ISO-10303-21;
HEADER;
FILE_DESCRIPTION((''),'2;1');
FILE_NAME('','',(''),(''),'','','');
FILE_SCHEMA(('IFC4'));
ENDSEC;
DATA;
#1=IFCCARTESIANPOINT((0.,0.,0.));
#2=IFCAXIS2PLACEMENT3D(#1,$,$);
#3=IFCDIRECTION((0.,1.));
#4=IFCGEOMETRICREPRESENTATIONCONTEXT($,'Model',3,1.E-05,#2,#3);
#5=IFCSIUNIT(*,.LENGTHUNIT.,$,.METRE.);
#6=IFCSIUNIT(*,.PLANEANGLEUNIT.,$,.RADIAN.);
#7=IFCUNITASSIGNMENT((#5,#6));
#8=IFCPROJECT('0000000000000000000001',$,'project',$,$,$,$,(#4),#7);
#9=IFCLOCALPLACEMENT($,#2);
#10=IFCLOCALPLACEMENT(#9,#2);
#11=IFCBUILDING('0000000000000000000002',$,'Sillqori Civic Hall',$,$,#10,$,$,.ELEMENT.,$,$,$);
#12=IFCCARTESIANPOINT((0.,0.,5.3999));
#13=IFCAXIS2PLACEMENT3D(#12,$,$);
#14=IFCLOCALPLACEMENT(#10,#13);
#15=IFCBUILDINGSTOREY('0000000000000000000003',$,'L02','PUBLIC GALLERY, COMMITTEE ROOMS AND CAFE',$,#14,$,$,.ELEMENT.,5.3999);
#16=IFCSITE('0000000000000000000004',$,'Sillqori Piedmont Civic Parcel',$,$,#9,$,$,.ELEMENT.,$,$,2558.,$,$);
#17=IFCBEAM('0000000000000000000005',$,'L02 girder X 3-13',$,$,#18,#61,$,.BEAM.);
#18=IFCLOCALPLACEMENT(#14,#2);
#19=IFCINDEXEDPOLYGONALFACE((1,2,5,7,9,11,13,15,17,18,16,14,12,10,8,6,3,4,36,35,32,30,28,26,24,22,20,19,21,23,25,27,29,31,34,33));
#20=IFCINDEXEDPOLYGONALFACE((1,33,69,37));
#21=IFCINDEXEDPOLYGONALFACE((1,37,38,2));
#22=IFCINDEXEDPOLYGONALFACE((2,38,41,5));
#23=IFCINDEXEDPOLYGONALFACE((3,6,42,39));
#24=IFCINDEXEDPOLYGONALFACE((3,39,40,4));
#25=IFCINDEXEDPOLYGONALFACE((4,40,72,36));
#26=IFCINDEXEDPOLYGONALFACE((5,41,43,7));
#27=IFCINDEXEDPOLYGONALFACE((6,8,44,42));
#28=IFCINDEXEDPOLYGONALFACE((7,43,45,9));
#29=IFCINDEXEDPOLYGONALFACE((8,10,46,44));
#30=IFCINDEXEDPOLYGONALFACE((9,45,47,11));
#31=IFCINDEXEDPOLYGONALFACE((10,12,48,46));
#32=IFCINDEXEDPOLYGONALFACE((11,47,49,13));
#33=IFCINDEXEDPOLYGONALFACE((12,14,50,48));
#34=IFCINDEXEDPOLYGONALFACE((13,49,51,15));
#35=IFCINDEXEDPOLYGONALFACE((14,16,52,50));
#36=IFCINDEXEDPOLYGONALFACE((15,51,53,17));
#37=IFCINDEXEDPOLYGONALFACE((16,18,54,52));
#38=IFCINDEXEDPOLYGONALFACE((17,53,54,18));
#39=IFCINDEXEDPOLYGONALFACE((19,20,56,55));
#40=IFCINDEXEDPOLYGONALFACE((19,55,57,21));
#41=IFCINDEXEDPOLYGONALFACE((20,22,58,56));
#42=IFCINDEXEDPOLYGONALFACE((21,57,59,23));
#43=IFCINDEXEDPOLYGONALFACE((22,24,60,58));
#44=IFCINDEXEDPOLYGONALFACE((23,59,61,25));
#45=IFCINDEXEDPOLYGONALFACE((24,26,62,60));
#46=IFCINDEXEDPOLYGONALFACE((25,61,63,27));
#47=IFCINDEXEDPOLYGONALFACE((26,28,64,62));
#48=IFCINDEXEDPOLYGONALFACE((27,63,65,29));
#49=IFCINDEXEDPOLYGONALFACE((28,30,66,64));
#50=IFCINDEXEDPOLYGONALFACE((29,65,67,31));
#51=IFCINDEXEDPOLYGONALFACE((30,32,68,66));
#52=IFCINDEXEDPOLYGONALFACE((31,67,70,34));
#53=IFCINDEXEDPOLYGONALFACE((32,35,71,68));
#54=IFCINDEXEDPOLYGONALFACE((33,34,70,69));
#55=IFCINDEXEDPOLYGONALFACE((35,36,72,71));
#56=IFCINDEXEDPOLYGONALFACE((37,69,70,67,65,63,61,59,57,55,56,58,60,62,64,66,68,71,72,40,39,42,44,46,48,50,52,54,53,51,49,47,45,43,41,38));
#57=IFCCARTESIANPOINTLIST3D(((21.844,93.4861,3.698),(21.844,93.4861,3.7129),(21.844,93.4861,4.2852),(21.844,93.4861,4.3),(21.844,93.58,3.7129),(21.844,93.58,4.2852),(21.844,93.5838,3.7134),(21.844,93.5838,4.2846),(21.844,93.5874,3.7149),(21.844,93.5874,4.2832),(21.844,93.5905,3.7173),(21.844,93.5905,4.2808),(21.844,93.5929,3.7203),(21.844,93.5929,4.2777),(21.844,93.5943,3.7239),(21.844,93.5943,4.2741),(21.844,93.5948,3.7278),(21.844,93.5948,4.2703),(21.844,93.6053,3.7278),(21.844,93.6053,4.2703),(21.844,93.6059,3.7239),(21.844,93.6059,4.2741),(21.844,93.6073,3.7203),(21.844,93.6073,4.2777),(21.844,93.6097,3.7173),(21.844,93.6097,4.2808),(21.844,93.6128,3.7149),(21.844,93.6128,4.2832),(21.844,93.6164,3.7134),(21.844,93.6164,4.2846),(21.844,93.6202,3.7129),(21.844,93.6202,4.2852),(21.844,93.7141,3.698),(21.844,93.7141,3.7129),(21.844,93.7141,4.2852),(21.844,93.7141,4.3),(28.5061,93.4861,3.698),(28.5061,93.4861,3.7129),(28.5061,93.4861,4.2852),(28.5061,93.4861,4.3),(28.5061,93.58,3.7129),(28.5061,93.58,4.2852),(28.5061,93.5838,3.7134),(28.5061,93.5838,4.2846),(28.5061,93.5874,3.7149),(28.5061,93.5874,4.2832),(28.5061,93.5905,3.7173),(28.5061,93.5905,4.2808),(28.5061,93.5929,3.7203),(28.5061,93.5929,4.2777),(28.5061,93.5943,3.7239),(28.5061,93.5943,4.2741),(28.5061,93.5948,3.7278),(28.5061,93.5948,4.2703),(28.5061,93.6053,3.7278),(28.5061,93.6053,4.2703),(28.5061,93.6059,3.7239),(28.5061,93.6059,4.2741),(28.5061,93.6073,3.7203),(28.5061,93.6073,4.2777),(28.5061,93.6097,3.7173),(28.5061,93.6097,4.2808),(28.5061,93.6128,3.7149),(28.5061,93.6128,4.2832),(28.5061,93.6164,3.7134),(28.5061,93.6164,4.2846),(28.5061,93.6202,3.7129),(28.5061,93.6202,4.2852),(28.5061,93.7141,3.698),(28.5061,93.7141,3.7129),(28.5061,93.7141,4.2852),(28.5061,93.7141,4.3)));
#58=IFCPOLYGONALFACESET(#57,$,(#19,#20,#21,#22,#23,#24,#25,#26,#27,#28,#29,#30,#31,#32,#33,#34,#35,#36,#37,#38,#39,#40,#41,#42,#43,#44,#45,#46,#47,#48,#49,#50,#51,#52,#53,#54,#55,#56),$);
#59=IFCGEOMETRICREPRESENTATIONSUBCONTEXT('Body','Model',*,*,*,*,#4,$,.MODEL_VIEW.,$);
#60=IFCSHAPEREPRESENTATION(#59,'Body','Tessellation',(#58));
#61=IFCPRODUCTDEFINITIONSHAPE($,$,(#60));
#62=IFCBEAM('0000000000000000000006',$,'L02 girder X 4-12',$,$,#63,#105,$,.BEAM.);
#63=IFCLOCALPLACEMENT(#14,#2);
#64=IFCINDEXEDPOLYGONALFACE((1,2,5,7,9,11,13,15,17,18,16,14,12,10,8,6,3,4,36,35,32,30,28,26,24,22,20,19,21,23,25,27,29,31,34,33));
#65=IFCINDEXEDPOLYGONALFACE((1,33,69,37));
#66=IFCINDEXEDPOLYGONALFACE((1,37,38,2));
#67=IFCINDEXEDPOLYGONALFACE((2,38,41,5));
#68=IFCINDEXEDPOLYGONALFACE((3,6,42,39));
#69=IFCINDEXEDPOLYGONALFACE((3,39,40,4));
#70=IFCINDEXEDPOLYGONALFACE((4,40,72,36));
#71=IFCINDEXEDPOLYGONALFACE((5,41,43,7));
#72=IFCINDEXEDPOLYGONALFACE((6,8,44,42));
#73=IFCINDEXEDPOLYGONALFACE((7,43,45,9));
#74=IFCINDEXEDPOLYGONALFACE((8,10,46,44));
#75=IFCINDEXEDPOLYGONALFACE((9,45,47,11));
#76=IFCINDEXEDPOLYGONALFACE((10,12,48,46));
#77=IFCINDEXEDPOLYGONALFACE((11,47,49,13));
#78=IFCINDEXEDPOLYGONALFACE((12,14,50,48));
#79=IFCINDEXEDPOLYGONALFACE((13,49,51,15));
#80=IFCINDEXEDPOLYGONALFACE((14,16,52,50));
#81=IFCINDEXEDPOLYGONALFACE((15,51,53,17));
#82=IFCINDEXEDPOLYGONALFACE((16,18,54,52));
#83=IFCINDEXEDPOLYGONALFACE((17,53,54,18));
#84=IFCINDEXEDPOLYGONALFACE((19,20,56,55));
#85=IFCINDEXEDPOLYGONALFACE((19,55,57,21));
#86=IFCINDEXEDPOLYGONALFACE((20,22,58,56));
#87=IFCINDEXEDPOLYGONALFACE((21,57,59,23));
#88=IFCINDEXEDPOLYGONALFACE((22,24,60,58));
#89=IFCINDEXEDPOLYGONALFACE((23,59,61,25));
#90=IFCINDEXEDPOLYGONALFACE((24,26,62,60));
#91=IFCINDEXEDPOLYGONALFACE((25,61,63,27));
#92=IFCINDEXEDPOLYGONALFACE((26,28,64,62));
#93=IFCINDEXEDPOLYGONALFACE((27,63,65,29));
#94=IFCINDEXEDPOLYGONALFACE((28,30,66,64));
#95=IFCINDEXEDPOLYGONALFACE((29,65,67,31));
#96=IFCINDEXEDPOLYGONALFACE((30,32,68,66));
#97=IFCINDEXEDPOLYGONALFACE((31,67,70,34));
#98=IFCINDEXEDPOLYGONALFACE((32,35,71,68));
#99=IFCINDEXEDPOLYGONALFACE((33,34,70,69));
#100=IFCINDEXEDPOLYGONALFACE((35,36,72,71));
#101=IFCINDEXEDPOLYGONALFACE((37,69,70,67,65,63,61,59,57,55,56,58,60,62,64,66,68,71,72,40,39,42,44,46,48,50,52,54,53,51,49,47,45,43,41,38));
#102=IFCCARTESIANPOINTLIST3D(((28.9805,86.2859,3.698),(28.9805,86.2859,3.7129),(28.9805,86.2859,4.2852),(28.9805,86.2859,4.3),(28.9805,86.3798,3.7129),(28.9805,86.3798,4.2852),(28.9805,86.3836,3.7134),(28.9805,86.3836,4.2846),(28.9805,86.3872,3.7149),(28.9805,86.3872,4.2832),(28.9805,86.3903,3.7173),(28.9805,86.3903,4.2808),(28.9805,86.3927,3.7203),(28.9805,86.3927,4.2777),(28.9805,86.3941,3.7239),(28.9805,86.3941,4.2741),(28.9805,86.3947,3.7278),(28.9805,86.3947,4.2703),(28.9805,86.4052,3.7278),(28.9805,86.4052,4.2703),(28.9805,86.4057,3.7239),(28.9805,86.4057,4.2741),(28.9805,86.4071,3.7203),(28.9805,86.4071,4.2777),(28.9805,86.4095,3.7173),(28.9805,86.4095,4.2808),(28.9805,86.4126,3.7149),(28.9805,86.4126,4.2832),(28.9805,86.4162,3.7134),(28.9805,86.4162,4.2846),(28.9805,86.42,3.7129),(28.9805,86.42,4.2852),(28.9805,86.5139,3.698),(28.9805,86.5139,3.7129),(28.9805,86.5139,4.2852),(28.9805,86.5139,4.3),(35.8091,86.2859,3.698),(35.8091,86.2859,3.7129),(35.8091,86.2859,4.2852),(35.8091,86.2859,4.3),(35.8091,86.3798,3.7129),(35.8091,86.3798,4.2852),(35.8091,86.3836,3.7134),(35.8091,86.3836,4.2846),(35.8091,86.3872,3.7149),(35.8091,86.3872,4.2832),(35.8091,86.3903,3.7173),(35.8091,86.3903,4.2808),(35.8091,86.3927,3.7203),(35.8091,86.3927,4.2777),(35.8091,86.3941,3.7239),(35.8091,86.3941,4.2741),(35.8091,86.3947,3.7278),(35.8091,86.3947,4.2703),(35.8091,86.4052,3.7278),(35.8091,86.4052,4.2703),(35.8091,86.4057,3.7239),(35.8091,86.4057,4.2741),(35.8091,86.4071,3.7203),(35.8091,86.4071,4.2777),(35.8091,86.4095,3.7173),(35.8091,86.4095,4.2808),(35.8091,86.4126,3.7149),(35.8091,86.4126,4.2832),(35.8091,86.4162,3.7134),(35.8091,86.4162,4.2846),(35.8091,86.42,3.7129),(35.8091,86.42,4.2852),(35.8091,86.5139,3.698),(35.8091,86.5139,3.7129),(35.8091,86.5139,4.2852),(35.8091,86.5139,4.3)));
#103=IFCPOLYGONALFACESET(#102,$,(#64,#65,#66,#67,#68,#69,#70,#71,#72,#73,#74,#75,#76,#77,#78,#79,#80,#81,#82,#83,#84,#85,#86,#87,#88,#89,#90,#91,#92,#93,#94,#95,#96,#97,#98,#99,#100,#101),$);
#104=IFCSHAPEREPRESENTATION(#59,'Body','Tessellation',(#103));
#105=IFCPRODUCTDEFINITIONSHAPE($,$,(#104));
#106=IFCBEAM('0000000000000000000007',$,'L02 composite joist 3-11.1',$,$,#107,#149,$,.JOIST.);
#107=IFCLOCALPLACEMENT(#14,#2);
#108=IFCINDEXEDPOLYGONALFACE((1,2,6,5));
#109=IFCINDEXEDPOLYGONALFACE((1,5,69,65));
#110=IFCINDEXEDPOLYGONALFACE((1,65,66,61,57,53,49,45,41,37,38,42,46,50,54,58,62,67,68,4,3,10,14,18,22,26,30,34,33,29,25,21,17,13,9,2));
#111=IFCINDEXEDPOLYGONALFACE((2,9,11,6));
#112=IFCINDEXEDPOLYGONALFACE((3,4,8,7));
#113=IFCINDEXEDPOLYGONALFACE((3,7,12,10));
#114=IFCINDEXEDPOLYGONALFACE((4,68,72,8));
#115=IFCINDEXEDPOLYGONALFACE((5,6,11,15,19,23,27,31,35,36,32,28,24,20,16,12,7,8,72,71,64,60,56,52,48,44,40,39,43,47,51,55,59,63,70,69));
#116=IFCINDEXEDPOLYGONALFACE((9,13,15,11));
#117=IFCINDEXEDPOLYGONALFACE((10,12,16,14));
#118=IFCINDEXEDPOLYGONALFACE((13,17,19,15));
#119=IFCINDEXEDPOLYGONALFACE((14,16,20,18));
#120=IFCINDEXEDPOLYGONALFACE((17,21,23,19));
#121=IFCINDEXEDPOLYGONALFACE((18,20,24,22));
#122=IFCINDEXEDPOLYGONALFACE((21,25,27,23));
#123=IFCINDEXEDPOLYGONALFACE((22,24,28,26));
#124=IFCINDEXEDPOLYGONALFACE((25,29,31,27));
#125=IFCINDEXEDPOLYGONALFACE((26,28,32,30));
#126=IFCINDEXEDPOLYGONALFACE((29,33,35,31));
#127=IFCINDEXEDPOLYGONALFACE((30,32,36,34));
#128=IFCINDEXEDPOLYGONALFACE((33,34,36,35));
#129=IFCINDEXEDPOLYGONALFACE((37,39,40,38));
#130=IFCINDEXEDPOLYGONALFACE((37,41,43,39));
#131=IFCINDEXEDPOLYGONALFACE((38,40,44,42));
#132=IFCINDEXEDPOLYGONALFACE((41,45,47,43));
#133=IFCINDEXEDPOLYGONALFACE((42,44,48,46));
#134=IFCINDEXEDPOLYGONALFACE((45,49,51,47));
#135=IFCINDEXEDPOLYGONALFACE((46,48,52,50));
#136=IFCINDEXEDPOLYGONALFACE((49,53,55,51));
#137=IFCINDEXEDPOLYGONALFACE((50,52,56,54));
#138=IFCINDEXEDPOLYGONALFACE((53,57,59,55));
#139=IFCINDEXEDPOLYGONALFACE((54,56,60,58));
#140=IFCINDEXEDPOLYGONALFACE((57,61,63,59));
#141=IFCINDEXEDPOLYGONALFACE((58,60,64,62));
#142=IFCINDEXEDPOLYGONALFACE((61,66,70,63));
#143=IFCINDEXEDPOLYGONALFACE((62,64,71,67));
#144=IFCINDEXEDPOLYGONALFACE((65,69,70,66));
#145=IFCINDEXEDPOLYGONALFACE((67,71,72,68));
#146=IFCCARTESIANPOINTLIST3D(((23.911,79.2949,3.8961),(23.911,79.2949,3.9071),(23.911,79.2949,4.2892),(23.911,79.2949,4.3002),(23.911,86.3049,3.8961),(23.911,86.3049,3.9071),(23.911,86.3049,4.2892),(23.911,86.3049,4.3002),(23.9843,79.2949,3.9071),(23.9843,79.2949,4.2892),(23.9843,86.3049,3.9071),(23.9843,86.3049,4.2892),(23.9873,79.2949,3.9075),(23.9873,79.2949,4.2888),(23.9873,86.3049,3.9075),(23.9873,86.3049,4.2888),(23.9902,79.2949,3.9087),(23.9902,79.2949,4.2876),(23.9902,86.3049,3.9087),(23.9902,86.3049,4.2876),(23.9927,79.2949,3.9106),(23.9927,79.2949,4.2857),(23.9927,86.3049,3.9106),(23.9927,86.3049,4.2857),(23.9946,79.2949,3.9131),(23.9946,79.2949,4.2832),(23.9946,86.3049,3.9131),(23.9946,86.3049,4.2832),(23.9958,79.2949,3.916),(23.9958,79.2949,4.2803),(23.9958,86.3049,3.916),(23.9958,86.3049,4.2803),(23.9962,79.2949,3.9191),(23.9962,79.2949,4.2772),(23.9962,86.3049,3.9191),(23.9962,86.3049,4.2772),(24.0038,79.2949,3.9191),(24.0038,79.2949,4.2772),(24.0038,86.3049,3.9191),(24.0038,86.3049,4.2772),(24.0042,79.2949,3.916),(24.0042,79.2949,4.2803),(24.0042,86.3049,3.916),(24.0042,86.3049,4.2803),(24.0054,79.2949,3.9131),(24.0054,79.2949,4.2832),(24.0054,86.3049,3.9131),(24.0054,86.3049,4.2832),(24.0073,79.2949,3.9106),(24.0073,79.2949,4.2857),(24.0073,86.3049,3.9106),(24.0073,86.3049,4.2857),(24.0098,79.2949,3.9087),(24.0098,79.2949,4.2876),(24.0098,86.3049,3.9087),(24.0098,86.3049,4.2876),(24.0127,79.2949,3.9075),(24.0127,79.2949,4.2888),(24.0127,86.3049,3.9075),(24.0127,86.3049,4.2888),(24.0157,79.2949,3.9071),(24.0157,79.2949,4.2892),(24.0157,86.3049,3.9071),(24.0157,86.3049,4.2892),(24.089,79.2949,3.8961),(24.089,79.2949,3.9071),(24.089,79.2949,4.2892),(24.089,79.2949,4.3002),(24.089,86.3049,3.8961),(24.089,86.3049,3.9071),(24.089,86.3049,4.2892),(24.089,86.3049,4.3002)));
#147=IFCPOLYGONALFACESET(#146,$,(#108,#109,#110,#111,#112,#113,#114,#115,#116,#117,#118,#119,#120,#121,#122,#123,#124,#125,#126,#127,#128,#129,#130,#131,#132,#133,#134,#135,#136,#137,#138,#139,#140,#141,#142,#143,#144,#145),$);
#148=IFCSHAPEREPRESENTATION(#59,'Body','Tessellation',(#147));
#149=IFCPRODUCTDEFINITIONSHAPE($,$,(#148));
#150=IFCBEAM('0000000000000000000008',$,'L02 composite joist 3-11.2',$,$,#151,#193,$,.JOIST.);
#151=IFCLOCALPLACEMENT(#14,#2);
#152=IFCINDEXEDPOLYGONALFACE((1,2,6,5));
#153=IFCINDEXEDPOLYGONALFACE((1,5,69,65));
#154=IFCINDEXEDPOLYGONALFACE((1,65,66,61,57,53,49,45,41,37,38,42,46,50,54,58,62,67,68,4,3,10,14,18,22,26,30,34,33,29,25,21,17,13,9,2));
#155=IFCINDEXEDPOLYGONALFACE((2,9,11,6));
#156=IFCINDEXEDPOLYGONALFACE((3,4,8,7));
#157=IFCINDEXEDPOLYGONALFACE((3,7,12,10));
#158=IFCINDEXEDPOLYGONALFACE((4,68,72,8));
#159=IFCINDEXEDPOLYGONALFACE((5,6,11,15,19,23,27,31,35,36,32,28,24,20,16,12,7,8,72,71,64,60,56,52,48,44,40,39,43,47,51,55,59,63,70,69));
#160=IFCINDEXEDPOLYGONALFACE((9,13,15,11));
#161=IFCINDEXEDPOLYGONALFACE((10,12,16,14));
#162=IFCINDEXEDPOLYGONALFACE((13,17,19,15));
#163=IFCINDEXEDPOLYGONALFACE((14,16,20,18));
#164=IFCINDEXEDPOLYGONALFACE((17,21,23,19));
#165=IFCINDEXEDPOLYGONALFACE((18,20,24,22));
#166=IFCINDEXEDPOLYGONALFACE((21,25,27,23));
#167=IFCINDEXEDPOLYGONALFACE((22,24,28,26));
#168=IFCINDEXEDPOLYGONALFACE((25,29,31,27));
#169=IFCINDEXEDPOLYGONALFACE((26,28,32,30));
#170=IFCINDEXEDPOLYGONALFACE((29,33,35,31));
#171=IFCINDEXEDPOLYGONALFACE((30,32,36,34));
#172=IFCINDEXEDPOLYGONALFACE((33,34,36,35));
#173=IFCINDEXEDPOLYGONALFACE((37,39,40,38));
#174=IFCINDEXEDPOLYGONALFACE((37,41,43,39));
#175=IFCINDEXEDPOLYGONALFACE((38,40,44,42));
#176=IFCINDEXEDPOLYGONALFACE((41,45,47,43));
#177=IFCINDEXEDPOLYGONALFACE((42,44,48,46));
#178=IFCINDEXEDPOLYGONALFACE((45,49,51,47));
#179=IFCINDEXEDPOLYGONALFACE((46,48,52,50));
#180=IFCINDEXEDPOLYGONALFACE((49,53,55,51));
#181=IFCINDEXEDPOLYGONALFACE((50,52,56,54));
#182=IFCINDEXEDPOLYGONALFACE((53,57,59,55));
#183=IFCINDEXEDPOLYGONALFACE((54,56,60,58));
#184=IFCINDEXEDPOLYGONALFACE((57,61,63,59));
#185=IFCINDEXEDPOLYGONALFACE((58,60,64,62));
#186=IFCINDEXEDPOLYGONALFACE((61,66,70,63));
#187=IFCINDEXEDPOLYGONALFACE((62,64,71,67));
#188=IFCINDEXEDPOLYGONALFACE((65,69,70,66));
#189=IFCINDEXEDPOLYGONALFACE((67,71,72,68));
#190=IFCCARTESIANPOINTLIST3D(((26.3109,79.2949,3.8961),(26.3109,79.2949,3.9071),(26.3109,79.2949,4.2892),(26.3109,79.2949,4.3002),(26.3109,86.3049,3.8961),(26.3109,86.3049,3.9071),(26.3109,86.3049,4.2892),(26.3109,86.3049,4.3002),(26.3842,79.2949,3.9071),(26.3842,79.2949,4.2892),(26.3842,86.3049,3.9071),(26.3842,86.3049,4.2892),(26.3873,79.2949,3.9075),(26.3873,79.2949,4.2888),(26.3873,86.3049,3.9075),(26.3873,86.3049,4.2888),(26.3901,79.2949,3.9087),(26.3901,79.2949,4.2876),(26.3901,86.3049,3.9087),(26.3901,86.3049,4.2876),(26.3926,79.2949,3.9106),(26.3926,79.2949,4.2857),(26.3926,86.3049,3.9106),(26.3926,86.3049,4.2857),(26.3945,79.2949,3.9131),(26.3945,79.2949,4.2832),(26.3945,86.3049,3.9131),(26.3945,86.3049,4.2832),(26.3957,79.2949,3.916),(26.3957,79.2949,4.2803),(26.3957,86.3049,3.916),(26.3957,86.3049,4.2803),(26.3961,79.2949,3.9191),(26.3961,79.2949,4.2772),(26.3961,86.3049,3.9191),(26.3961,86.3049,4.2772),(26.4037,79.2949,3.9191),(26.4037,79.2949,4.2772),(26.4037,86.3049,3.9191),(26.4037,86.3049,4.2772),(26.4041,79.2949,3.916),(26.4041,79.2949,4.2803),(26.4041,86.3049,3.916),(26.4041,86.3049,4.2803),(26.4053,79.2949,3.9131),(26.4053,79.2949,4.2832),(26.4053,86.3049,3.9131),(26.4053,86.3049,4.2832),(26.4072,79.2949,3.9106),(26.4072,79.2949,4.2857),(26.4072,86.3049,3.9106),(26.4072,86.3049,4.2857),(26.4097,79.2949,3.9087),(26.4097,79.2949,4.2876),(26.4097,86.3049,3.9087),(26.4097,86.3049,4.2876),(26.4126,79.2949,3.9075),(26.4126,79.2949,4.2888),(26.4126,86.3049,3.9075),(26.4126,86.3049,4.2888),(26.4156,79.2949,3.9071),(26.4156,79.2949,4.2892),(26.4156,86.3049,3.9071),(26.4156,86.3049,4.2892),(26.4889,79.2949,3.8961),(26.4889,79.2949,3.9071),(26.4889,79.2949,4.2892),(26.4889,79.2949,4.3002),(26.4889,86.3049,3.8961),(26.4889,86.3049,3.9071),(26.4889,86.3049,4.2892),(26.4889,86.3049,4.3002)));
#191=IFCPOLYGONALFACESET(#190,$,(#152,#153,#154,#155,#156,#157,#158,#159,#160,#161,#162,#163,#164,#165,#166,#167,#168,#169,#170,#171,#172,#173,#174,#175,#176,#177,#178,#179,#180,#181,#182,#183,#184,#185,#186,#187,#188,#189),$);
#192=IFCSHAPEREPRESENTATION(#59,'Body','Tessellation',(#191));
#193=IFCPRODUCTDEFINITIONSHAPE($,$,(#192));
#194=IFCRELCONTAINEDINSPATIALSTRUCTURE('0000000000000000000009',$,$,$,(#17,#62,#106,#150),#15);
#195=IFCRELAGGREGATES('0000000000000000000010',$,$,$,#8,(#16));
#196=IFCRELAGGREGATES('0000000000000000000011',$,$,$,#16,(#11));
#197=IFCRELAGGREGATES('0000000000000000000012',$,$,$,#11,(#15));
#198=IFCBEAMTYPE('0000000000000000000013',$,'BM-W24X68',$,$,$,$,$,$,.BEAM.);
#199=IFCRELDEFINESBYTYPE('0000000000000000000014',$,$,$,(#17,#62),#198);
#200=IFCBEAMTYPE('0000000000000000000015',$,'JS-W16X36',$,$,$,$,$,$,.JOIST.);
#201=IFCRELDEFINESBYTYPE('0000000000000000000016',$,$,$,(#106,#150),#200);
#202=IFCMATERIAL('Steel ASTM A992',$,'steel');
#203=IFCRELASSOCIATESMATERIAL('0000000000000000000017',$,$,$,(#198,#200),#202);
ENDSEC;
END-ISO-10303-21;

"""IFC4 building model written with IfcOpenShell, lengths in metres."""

from ifc_helpers import new_model, si_unit, direction, frame, origin, origin_2d, place, context, subcontext, project, spatial, i_section, extrude, material, material_profile, profile_set, type_object, element, save


model = new_model("IFC4")

# Units and contexts
model_context = context("Model", 3, precision=1e-05, world=origin(), true_north=direction((0.0, 1.0)))
body_context = subcontext(model_context, "Body", "Model", "MODEL_VIEW")
ifc_project = project(units=[si_unit("LENGTHUNIT", "METRE"), si_unit("PLANEANGLEUNIT", "RADIAN")], contexts=[model_context])

# Site, building, storey
site_placement = place(None, origin())
site = spatial("IfcSite", under=ifc_project, at=site_placement, Name="Sillqori Piedmont Civic Parcel", CompositionType="ELEMENT", RefElevation=2558.0)
building_placement = place(site_placement, origin())
building = spatial("IfcBuilding", under=site, at=building_placement, Name="Sillqori Civic Hall", CompositionType="ELEMENT")
storey_placement = place(building_placement, frame((0.0, 0.0, 5.3999)))
storey = spatial("IfcBuildingStorey", under=building, at=storey_placement, Name="L02", Description="PUBLIC GALLERY, COMMITTEE ROOMS AND CAFE", CompositionType="ELEMENT", Elevation=5.3999)

# Shared definitions
ifc_material_1 = material(Name="Steel ASTM A992", Category="steel")

# Beams
ifc_material_profile_1 = material_profile(ifc_material_1, i_section(OverallWidth=0.228, OverallDepth=0.6021, WebThickness=0.0105, FlangeThickness=0.0149, FilletRadius=0.0149, at=origin_2d()), Name="W24X68")
ifc_profile_set_1 = profile_set([ifc_material_profile_1], Name="Steel ASTM A992")
beam_type_1 = type_object("IfcBeamType", Name="BM-W24X68", PredefinedType="BEAM", material=ifc_profile_set_1)
beam_1_placement = place(storey_placement, frame((21.844, 93.6001, 3.999), z_axis=(1.0, 0.0, 0.0), x_axis=(0.0, 1.0, 0.0)))
element("IfcBeam", 1, at=beam_1_placement, inside=storey, type_object=beam_type_1, Name="L02 girder X 3-13", PredefinedType="BEAM", context=body_context, shape_type="SweptSolid", body=[
    extrude(i_section(OverallWidth=0.228, OverallDepth=0.6021, WebThickness=0.0105, FlangeThickness=0.0149, FilletRadius=0.0149, at=origin_2d()), origin(), (0.0, 0.0, 1.0), 6.6621),
])
beam_2_placement = place(storey_placement, frame((28.9805, 86.3999, 3.999), z_axis=(1.0, 0.0, 0.0), x_axis=(0.0, 1.0, 0.0)))
element("IfcBeam", 2, at=beam_2_placement, inside=storey, type_object=beam_type_1, Name="L02 girder X 4-12", PredefinedType="BEAM", context=body_context, shape_type="SweptSolid", body=[
    extrude(i_section(OverallWidth=0.228, OverallDepth=0.6021, WebThickness=0.0105, FlangeThickness=0.0149, FilletRadius=0.0149, at=origin_2d()), origin(), (0.0, 0.0, 1.0), 6.8286),
])
ifc_material_profile_2 = material_profile(ifc_material_1, i_section(OverallWidth=0.178, OverallDepth=0.4041, WebThickness=0.0076, FlangeThickness=0.011, FilletRadius=0.012, at=origin_2d()), Name="W16X36")
ifc_profile_set_2 = profile_set([ifc_material_profile_2], Name="Steel ASTM A992")
beam_type_2 = type_object("IfcBeamType", Name="JS-W16X36", PredefinedType="JOIST", material=ifc_profile_set_2)
for number, where, z_axis, x_axis, name in (
    (3, (24.0, 79.2949, 4.0981), (0.0, 1.0, 0.0), (-1.0, 0.0, 0.0), "L02 composite joist 3-11.1"),
    (4, (26.3999, 79.2949, 4.0981), (0.0, 1.0, 0.0), (-1.0, 0.0, 0.0), "L02 composite joist 3-11.2"),
):
    element("IfcBeam", number, at=place(storey_placement, frame(where, z_axis=z_axis, x_axis=x_axis)), inside=storey, type_object=beam_type_2, Name=name, PredefinedType="JOIST", context=body_context, shape_type="SweptSolid", body=[
        extrude(i_section(OverallWidth=0.178, OverallDepth=0.4041, WebThickness=0.0076, FlangeThickness=0.011, FilletRadius=0.012, at=origin_2d()), origin(), (0.0, 0.0, 1.0), 7.01),
    ])

save(model, "model.ifc")
